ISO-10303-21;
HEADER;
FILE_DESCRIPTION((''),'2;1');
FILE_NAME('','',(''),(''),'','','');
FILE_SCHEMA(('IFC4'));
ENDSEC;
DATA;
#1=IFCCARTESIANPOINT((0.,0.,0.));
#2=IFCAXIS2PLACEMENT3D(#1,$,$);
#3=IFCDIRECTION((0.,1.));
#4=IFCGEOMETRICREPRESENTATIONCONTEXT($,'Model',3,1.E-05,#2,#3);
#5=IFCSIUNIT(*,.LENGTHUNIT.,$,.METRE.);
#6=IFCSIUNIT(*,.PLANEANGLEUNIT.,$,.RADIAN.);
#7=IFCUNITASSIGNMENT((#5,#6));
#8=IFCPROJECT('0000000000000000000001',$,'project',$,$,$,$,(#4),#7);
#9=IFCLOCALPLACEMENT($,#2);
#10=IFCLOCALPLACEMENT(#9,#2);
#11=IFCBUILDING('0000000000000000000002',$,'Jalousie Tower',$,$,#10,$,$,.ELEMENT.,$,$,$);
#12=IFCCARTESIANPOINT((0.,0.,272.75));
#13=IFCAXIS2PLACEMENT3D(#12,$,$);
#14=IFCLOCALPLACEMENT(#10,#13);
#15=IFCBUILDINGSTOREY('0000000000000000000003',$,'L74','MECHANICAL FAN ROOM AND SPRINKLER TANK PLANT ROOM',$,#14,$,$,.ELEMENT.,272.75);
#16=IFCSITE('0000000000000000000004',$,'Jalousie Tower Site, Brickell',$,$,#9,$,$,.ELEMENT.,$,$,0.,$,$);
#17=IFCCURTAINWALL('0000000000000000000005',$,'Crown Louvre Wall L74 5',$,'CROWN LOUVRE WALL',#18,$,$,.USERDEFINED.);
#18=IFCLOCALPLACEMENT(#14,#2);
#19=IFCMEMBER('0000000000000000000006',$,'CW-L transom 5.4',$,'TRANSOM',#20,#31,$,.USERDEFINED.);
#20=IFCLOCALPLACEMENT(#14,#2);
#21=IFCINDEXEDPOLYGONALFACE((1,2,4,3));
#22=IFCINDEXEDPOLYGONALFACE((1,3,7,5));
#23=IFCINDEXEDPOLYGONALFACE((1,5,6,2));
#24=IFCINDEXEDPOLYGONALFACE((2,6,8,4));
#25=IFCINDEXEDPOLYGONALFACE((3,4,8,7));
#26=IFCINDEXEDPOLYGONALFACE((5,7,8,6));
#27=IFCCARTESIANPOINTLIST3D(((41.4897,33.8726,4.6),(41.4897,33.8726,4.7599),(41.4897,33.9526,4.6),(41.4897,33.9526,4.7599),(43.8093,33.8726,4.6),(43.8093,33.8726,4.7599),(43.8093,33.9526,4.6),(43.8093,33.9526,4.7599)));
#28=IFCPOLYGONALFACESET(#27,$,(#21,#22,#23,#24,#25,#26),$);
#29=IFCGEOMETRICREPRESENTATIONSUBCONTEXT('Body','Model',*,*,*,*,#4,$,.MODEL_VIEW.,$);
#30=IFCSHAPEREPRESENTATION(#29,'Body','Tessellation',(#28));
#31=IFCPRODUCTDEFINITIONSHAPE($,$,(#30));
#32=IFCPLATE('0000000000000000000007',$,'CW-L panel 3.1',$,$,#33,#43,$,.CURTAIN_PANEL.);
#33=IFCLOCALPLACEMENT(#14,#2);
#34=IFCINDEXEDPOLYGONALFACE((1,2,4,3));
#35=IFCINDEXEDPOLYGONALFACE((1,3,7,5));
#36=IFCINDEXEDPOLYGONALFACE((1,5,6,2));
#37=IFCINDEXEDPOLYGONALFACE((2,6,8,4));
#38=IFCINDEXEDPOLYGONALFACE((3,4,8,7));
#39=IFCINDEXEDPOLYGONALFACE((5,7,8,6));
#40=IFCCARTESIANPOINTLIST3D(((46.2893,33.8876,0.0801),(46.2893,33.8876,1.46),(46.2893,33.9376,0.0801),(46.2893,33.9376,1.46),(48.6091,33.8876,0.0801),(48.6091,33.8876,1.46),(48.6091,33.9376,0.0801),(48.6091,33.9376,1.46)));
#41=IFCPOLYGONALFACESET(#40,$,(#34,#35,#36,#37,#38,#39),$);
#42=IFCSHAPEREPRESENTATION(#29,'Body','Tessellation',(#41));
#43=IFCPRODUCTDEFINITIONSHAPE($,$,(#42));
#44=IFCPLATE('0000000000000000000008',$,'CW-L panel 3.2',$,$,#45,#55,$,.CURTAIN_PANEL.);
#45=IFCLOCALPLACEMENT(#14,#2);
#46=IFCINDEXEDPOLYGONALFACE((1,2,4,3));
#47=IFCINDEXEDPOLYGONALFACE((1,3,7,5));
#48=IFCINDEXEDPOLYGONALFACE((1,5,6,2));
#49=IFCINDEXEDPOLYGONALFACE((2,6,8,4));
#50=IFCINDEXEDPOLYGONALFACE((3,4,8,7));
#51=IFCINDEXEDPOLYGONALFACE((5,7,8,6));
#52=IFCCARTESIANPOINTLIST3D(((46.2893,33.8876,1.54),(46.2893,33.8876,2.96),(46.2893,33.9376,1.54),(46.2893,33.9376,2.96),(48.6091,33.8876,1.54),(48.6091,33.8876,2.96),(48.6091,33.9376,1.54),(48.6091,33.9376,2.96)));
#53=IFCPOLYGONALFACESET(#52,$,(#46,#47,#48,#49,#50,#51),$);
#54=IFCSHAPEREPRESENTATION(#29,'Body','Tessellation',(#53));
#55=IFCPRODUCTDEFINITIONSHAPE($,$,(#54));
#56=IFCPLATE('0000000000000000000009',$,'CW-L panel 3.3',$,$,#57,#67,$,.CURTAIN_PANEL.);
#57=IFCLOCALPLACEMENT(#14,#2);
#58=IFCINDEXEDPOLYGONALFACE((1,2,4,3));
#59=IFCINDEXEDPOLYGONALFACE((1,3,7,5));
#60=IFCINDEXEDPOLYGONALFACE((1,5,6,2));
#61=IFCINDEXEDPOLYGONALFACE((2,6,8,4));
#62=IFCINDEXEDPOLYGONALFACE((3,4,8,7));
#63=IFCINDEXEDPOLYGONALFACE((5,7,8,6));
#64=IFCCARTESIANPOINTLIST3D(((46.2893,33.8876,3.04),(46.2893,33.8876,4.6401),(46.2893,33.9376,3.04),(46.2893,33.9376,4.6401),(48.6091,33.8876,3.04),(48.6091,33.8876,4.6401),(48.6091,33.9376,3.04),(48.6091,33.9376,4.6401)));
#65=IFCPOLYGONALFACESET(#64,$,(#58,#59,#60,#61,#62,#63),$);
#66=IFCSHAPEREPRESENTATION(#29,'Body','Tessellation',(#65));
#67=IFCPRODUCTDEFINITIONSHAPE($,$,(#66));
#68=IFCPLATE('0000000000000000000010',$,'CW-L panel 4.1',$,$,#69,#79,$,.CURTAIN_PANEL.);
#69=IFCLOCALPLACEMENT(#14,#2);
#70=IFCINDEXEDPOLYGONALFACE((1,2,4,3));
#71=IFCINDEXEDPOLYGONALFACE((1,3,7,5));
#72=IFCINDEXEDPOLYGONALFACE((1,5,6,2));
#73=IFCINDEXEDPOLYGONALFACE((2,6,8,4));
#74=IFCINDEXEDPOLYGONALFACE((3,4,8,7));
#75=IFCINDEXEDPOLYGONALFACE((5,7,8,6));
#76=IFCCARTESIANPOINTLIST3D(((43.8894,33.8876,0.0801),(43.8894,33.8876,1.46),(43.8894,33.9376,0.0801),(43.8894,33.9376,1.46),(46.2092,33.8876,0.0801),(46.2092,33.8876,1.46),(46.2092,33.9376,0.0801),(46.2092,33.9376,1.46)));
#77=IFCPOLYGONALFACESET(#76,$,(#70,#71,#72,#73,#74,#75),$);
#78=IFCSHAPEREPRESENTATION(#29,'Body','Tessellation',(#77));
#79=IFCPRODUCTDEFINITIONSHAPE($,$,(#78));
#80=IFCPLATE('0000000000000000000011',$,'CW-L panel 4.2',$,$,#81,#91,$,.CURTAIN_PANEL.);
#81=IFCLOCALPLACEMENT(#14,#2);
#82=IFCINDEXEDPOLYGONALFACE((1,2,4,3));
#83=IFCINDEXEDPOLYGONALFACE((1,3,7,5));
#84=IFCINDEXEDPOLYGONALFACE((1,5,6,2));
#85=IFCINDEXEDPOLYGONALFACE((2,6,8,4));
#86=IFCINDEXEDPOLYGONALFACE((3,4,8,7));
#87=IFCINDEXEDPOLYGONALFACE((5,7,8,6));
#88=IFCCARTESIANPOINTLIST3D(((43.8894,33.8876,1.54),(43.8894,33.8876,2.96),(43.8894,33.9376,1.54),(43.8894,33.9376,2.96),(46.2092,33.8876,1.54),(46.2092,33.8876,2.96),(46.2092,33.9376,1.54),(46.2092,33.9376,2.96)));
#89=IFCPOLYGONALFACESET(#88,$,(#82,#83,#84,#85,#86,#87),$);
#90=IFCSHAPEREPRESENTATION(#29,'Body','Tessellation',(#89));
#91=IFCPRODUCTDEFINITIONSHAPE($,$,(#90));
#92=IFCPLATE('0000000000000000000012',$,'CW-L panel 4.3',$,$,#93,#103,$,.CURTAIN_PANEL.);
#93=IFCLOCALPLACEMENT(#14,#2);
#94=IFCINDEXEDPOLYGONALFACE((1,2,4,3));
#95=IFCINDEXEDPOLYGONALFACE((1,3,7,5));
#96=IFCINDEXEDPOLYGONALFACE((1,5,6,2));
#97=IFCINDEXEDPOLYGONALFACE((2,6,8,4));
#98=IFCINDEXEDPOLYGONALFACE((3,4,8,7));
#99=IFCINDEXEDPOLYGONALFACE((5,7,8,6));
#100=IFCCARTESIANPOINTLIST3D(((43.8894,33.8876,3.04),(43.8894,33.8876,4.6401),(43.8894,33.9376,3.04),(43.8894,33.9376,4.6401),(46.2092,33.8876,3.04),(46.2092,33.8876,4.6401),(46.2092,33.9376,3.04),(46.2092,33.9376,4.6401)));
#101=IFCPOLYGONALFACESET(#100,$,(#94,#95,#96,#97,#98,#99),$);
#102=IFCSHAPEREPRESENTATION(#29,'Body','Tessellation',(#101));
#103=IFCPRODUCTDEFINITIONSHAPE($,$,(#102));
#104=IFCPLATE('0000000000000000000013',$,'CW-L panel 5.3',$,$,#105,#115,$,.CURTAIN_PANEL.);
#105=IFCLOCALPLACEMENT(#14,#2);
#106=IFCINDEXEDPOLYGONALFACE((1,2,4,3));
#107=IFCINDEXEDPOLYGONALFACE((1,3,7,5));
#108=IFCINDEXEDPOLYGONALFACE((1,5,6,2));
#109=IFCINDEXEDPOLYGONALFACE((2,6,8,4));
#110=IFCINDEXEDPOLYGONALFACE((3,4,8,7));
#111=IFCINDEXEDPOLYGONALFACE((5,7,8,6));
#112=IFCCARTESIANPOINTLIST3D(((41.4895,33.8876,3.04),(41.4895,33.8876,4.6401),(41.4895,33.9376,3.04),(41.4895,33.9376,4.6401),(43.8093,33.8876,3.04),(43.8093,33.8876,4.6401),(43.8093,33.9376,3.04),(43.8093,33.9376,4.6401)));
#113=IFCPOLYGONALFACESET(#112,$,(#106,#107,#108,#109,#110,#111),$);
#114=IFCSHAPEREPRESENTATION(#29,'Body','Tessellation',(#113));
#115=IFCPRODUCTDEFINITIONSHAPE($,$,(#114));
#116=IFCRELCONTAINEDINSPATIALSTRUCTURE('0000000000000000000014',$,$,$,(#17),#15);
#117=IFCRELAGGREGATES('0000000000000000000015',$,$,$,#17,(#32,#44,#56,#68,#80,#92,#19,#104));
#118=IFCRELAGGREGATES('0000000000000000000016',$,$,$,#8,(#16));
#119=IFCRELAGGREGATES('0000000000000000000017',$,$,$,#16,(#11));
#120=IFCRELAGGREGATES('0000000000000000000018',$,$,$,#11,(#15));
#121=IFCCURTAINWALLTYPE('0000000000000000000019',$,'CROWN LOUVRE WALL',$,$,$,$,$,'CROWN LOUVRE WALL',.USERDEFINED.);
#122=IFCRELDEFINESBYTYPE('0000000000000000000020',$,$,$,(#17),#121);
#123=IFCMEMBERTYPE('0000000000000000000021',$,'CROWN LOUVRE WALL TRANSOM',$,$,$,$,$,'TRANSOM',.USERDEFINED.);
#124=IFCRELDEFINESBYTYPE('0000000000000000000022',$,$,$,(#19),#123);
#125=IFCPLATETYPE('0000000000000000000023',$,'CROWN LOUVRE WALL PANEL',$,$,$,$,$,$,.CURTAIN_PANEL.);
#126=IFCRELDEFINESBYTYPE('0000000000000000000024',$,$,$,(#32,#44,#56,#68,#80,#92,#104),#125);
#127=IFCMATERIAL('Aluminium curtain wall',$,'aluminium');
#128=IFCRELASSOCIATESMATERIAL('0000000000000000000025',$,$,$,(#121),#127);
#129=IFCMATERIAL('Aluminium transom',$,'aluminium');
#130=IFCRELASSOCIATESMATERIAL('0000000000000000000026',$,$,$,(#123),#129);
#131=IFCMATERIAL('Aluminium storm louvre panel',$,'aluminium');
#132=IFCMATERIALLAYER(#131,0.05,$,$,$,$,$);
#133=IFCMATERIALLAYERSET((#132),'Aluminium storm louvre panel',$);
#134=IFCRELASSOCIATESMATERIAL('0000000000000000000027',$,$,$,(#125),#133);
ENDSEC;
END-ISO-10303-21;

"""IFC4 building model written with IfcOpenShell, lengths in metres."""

from ifc_helpers import new_model, si_unit, direction, frame, origin, origin_2d, place, context, subcontext, project, spatial, rectangle, extrude, material, layer, layer_set, material_profile, profile_set, type_object, element, aggregate, save


model = new_model("IFC4")

# Units and contexts
model_context = context("Model", 3, precision=1e-05, world=origin(), true_north=direction((0.0, 1.0)))
body_context = subcontext(model_context, "Body", "Model", "MODEL_VIEW")
ifc_project = project(units=[si_unit("LENGTHUNIT", "METRE"), si_unit("PLANEANGLEUNIT", "RADIAN")], contexts=[model_context])

# Site, building, storey
site_placement = place(None, origin())
site = spatial("IfcSite", under=ifc_project, at=site_placement, Name="Jalousie Tower Site, Brickell", CompositionType="ELEMENT", RefElevation=0.0)
building_placement = place(site_placement, origin())
building = spatial("IfcBuilding", under=site, at=building_placement, Name="Jalousie Tower", CompositionType="ELEMENT")
storey_placement = place(building_placement, frame((0.0, 0.0, 272.75)))
storey = spatial("IfcBuildingStorey", under=building, at=storey_placement, Name="L74", Description="MECHANICAL FAN ROOM AND SPRINKLER TANK PLANT ROOM", CompositionType="ELEMENT", Elevation=272.75)

# Curtain wall, member, plates
ifc_material_1 = material(Name="Aluminium curtain wall", Category="aluminium")
curtain_wall_type = type_object("IfcCurtainWallType", Name="CROWN LOUVRE WALL", ElementType="CROWN LOUVRE WALL", PredefinedType="USERDEFINED", material=ifc_material_1)
curtain_wall_placement = place(storey_placement, origin())
curtain_wall = element("IfcCurtainWall", 1, at=curtain_wall_placement, inside=storey, type_object=curtain_wall_type, Name="Crown Louvre Wall L74 5", ObjectType="CROWN LOUVRE WALL", PredefinedType="USERDEFINED")
ifc_material_2 = material(Name="Aluminium transom", Category="aluminium")
ifc_material_profile_1 = material_profile(ifc_material_2, rectangle(XDim=0.0801, YDim=0.1599, at=origin_2d()), Name="TRANSOM 80x160")
ifc_profile_set_1 = profile_set([ifc_material_profile_1], Name="Aluminium transom")
member_type_1 = type_object("IfcMemberType", Name="CROWN LOUVRE WALL TRANSOM", ElementType="TRANSOM", PredefinedType="USERDEFINED", material=ifc_profile_set_1)
member_1_placement = place(storey_placement, frame((43.8093, 33.9126, 4.6799), z_axis=(-1.0, 0.0, 0.0), x_axis=(0.0, -1.0, 0.0)))
member_1 = element("IfcMember", 2, at=member_1_placement, type_object=member_type_1, Name="CW-L transom 5.4", ObjectType="TRANSOM", PredefinedType="USERDEFINED", context=body_context, shape_type="SweptSolid", body=[
    extrude(rectangle(XDim=0.0801, YDim=0.1599, at=origin_2d()), origin(), (0.0, 0.0, 1.0), 2.3196),
])
ifc_material_3 = material(Name="Aluminium storm louvre panel", Category="aluminium")
ifc_layer = layer(ifc_material_3, 0.05)
ifc_layer_set = layer_set([ifc_layer], Name="Aluminium storm louvre panel")
plate_type = type_object("IfcPlateType", Name="CROWN LOUVRE WALL PANEL", PredefinedType="CURTAIN_PANEL", material=ifc_layer_set)
plate_1_placement = place(storey_placement, frame((47.4492, 33.9126, 0.0801), z_axis=(0.0, 0.0, 1.0), x_axis=(-1.0, 0.0, 0.0)))
plate_1 = element("IfcPlate", 3, at=plate_1_placement, type_object=plate_type, Name="CW-L panel 3.1", PredefinedType="CURTAIN_PANEL", context=body_context, shape_type="SweptSolid", body=[
    extrude(rectangle(XDim=2.3198, YDim=0.05, at=origin_2d()), origin(), (0.0, 0.0, 1.0), 1.3799),
])
plate_2_placement = place(storey_placement, frame((47.4492, 33.9126, 1.54), z_axis=(0.0, 0.0, 1.0), x_axis=(-1.0, 0.0, 0.0)))
plate_2 = element("IfcPlate", 4, at=plate_2_placement, type_object=plate_type, Name="CW-L panel 3.2", PredefinedType="CURTAIN_PANEL", context=body_context, shape_type="SweptSolid", body=[
    extrude(rectangle(XDim=2.3198, YDim=0.05, at=origin_2d()), origin(), (0.0, 0.0, 1.0), 1.4199),
])
plate_3_placement = place(storey_placement, frame((47.4492, 33.9126, 3.04), z_axis=(0.0, 0.0, 1.0), x_axis=(-1.0, 0.0, 0.0)))
plate_3 = element("IfcPlate", 5, at=plate_3_placement, type_object=plate_type, Name="CW-L panel 3.3", PredefinedType="CURTAIN_PANEL", context=body_context, shape_type="SweptSolid", body=[
    extrude(rectangle(XDim=2.3198, YDim=0.05, at=origin_2d()), origin(), (0.0, 0.0, 1.0), 1.6001),
])
plate_4_placement = place(storey_placement, frame((45.0493, 33.9126, 0.0801), z_axis=(0.0, 0.0, 1.0), x_axis=(-1.0, 0.0, 0.0)))
plate_4 = element("IfcPlate", 6, at=plate_4_placement, type_object=plate_type, Name="CW-L panel 4.1", PredefinedType="CURTAIN_PANEL", context=body_context, shape_type="SweptSolid", body=[
    extrude(rectangle(XDim=2.3198, YDim=0.05, at=origin_2d()), origin(), (0.0, 0.0, 1.0), 1.3799),
])
plate_5_placement = place(storey_placement, frame((45.0493, 33.9126, 1.54), z_axis=(0.0, 0.0, 1.0), x_axis=(-1.0, 0.0, 0.0)))
plate_5 = element("IfcPlate", 7, at=plate_5_placement, type_object=plate_type, Name="CW-L panel 4.2", PredefinedType="CURTAIN_PANEL", context=body_context, shape_type="SweptSolid", body=[
    extrude(rectangle(XDim=2.3198, YDim=0.05, at=origin_2d()), origin(), (0.0, 0.0, 1.0), 1.4199),
])
plate_6_placement = place(storey_placement, frame((45.0493, 33.9126, 3.04), z_axis=(0.0, 0.0, 1.0), x_axis=(-1.0, 0.0, 0.0)))
plate_6 = element("IfcPlate", 8, at=plate_6_placement, type_object=plate_type, Name="CW-L panel 4.3", PredefinedType="CURTAIN_PANEL", context=body_context, shape_type="SweptSolid", body=[
    extrude(rectangle(XDim=2.3198, YDim=0.05, at=origin_2d()), origin(), (0.0, 0.0, 1.0), 1.6001),
])
plate_7_placement = place(storey_placement, frame((42.6494, 33.9126, 3.04), z_axis=(0.0, 0.0, 1.0), x_axis=(-1.0, 0.0, 0.0)))
plate_7 = element("IfcPlate", 9, at=plate_7_placement, type_object=plate_type, Name="CW-L panel 5.3", PredefinedType="CURTAIN_PANEL", context=body_context, shape_type="SweptSolid", body=[
    extrude(rectangle(XDim=2.3198, YDim=0.05, at=origin_2d()), origin(), (0.0, 0.0, 1.0), 1.6001),
])
aggregate(curtain_wall, [plate_1, plate_2, plate_3, plate_4, plate_5, plate_6, member_1, plate_7])

save(model, "model.ifc")
